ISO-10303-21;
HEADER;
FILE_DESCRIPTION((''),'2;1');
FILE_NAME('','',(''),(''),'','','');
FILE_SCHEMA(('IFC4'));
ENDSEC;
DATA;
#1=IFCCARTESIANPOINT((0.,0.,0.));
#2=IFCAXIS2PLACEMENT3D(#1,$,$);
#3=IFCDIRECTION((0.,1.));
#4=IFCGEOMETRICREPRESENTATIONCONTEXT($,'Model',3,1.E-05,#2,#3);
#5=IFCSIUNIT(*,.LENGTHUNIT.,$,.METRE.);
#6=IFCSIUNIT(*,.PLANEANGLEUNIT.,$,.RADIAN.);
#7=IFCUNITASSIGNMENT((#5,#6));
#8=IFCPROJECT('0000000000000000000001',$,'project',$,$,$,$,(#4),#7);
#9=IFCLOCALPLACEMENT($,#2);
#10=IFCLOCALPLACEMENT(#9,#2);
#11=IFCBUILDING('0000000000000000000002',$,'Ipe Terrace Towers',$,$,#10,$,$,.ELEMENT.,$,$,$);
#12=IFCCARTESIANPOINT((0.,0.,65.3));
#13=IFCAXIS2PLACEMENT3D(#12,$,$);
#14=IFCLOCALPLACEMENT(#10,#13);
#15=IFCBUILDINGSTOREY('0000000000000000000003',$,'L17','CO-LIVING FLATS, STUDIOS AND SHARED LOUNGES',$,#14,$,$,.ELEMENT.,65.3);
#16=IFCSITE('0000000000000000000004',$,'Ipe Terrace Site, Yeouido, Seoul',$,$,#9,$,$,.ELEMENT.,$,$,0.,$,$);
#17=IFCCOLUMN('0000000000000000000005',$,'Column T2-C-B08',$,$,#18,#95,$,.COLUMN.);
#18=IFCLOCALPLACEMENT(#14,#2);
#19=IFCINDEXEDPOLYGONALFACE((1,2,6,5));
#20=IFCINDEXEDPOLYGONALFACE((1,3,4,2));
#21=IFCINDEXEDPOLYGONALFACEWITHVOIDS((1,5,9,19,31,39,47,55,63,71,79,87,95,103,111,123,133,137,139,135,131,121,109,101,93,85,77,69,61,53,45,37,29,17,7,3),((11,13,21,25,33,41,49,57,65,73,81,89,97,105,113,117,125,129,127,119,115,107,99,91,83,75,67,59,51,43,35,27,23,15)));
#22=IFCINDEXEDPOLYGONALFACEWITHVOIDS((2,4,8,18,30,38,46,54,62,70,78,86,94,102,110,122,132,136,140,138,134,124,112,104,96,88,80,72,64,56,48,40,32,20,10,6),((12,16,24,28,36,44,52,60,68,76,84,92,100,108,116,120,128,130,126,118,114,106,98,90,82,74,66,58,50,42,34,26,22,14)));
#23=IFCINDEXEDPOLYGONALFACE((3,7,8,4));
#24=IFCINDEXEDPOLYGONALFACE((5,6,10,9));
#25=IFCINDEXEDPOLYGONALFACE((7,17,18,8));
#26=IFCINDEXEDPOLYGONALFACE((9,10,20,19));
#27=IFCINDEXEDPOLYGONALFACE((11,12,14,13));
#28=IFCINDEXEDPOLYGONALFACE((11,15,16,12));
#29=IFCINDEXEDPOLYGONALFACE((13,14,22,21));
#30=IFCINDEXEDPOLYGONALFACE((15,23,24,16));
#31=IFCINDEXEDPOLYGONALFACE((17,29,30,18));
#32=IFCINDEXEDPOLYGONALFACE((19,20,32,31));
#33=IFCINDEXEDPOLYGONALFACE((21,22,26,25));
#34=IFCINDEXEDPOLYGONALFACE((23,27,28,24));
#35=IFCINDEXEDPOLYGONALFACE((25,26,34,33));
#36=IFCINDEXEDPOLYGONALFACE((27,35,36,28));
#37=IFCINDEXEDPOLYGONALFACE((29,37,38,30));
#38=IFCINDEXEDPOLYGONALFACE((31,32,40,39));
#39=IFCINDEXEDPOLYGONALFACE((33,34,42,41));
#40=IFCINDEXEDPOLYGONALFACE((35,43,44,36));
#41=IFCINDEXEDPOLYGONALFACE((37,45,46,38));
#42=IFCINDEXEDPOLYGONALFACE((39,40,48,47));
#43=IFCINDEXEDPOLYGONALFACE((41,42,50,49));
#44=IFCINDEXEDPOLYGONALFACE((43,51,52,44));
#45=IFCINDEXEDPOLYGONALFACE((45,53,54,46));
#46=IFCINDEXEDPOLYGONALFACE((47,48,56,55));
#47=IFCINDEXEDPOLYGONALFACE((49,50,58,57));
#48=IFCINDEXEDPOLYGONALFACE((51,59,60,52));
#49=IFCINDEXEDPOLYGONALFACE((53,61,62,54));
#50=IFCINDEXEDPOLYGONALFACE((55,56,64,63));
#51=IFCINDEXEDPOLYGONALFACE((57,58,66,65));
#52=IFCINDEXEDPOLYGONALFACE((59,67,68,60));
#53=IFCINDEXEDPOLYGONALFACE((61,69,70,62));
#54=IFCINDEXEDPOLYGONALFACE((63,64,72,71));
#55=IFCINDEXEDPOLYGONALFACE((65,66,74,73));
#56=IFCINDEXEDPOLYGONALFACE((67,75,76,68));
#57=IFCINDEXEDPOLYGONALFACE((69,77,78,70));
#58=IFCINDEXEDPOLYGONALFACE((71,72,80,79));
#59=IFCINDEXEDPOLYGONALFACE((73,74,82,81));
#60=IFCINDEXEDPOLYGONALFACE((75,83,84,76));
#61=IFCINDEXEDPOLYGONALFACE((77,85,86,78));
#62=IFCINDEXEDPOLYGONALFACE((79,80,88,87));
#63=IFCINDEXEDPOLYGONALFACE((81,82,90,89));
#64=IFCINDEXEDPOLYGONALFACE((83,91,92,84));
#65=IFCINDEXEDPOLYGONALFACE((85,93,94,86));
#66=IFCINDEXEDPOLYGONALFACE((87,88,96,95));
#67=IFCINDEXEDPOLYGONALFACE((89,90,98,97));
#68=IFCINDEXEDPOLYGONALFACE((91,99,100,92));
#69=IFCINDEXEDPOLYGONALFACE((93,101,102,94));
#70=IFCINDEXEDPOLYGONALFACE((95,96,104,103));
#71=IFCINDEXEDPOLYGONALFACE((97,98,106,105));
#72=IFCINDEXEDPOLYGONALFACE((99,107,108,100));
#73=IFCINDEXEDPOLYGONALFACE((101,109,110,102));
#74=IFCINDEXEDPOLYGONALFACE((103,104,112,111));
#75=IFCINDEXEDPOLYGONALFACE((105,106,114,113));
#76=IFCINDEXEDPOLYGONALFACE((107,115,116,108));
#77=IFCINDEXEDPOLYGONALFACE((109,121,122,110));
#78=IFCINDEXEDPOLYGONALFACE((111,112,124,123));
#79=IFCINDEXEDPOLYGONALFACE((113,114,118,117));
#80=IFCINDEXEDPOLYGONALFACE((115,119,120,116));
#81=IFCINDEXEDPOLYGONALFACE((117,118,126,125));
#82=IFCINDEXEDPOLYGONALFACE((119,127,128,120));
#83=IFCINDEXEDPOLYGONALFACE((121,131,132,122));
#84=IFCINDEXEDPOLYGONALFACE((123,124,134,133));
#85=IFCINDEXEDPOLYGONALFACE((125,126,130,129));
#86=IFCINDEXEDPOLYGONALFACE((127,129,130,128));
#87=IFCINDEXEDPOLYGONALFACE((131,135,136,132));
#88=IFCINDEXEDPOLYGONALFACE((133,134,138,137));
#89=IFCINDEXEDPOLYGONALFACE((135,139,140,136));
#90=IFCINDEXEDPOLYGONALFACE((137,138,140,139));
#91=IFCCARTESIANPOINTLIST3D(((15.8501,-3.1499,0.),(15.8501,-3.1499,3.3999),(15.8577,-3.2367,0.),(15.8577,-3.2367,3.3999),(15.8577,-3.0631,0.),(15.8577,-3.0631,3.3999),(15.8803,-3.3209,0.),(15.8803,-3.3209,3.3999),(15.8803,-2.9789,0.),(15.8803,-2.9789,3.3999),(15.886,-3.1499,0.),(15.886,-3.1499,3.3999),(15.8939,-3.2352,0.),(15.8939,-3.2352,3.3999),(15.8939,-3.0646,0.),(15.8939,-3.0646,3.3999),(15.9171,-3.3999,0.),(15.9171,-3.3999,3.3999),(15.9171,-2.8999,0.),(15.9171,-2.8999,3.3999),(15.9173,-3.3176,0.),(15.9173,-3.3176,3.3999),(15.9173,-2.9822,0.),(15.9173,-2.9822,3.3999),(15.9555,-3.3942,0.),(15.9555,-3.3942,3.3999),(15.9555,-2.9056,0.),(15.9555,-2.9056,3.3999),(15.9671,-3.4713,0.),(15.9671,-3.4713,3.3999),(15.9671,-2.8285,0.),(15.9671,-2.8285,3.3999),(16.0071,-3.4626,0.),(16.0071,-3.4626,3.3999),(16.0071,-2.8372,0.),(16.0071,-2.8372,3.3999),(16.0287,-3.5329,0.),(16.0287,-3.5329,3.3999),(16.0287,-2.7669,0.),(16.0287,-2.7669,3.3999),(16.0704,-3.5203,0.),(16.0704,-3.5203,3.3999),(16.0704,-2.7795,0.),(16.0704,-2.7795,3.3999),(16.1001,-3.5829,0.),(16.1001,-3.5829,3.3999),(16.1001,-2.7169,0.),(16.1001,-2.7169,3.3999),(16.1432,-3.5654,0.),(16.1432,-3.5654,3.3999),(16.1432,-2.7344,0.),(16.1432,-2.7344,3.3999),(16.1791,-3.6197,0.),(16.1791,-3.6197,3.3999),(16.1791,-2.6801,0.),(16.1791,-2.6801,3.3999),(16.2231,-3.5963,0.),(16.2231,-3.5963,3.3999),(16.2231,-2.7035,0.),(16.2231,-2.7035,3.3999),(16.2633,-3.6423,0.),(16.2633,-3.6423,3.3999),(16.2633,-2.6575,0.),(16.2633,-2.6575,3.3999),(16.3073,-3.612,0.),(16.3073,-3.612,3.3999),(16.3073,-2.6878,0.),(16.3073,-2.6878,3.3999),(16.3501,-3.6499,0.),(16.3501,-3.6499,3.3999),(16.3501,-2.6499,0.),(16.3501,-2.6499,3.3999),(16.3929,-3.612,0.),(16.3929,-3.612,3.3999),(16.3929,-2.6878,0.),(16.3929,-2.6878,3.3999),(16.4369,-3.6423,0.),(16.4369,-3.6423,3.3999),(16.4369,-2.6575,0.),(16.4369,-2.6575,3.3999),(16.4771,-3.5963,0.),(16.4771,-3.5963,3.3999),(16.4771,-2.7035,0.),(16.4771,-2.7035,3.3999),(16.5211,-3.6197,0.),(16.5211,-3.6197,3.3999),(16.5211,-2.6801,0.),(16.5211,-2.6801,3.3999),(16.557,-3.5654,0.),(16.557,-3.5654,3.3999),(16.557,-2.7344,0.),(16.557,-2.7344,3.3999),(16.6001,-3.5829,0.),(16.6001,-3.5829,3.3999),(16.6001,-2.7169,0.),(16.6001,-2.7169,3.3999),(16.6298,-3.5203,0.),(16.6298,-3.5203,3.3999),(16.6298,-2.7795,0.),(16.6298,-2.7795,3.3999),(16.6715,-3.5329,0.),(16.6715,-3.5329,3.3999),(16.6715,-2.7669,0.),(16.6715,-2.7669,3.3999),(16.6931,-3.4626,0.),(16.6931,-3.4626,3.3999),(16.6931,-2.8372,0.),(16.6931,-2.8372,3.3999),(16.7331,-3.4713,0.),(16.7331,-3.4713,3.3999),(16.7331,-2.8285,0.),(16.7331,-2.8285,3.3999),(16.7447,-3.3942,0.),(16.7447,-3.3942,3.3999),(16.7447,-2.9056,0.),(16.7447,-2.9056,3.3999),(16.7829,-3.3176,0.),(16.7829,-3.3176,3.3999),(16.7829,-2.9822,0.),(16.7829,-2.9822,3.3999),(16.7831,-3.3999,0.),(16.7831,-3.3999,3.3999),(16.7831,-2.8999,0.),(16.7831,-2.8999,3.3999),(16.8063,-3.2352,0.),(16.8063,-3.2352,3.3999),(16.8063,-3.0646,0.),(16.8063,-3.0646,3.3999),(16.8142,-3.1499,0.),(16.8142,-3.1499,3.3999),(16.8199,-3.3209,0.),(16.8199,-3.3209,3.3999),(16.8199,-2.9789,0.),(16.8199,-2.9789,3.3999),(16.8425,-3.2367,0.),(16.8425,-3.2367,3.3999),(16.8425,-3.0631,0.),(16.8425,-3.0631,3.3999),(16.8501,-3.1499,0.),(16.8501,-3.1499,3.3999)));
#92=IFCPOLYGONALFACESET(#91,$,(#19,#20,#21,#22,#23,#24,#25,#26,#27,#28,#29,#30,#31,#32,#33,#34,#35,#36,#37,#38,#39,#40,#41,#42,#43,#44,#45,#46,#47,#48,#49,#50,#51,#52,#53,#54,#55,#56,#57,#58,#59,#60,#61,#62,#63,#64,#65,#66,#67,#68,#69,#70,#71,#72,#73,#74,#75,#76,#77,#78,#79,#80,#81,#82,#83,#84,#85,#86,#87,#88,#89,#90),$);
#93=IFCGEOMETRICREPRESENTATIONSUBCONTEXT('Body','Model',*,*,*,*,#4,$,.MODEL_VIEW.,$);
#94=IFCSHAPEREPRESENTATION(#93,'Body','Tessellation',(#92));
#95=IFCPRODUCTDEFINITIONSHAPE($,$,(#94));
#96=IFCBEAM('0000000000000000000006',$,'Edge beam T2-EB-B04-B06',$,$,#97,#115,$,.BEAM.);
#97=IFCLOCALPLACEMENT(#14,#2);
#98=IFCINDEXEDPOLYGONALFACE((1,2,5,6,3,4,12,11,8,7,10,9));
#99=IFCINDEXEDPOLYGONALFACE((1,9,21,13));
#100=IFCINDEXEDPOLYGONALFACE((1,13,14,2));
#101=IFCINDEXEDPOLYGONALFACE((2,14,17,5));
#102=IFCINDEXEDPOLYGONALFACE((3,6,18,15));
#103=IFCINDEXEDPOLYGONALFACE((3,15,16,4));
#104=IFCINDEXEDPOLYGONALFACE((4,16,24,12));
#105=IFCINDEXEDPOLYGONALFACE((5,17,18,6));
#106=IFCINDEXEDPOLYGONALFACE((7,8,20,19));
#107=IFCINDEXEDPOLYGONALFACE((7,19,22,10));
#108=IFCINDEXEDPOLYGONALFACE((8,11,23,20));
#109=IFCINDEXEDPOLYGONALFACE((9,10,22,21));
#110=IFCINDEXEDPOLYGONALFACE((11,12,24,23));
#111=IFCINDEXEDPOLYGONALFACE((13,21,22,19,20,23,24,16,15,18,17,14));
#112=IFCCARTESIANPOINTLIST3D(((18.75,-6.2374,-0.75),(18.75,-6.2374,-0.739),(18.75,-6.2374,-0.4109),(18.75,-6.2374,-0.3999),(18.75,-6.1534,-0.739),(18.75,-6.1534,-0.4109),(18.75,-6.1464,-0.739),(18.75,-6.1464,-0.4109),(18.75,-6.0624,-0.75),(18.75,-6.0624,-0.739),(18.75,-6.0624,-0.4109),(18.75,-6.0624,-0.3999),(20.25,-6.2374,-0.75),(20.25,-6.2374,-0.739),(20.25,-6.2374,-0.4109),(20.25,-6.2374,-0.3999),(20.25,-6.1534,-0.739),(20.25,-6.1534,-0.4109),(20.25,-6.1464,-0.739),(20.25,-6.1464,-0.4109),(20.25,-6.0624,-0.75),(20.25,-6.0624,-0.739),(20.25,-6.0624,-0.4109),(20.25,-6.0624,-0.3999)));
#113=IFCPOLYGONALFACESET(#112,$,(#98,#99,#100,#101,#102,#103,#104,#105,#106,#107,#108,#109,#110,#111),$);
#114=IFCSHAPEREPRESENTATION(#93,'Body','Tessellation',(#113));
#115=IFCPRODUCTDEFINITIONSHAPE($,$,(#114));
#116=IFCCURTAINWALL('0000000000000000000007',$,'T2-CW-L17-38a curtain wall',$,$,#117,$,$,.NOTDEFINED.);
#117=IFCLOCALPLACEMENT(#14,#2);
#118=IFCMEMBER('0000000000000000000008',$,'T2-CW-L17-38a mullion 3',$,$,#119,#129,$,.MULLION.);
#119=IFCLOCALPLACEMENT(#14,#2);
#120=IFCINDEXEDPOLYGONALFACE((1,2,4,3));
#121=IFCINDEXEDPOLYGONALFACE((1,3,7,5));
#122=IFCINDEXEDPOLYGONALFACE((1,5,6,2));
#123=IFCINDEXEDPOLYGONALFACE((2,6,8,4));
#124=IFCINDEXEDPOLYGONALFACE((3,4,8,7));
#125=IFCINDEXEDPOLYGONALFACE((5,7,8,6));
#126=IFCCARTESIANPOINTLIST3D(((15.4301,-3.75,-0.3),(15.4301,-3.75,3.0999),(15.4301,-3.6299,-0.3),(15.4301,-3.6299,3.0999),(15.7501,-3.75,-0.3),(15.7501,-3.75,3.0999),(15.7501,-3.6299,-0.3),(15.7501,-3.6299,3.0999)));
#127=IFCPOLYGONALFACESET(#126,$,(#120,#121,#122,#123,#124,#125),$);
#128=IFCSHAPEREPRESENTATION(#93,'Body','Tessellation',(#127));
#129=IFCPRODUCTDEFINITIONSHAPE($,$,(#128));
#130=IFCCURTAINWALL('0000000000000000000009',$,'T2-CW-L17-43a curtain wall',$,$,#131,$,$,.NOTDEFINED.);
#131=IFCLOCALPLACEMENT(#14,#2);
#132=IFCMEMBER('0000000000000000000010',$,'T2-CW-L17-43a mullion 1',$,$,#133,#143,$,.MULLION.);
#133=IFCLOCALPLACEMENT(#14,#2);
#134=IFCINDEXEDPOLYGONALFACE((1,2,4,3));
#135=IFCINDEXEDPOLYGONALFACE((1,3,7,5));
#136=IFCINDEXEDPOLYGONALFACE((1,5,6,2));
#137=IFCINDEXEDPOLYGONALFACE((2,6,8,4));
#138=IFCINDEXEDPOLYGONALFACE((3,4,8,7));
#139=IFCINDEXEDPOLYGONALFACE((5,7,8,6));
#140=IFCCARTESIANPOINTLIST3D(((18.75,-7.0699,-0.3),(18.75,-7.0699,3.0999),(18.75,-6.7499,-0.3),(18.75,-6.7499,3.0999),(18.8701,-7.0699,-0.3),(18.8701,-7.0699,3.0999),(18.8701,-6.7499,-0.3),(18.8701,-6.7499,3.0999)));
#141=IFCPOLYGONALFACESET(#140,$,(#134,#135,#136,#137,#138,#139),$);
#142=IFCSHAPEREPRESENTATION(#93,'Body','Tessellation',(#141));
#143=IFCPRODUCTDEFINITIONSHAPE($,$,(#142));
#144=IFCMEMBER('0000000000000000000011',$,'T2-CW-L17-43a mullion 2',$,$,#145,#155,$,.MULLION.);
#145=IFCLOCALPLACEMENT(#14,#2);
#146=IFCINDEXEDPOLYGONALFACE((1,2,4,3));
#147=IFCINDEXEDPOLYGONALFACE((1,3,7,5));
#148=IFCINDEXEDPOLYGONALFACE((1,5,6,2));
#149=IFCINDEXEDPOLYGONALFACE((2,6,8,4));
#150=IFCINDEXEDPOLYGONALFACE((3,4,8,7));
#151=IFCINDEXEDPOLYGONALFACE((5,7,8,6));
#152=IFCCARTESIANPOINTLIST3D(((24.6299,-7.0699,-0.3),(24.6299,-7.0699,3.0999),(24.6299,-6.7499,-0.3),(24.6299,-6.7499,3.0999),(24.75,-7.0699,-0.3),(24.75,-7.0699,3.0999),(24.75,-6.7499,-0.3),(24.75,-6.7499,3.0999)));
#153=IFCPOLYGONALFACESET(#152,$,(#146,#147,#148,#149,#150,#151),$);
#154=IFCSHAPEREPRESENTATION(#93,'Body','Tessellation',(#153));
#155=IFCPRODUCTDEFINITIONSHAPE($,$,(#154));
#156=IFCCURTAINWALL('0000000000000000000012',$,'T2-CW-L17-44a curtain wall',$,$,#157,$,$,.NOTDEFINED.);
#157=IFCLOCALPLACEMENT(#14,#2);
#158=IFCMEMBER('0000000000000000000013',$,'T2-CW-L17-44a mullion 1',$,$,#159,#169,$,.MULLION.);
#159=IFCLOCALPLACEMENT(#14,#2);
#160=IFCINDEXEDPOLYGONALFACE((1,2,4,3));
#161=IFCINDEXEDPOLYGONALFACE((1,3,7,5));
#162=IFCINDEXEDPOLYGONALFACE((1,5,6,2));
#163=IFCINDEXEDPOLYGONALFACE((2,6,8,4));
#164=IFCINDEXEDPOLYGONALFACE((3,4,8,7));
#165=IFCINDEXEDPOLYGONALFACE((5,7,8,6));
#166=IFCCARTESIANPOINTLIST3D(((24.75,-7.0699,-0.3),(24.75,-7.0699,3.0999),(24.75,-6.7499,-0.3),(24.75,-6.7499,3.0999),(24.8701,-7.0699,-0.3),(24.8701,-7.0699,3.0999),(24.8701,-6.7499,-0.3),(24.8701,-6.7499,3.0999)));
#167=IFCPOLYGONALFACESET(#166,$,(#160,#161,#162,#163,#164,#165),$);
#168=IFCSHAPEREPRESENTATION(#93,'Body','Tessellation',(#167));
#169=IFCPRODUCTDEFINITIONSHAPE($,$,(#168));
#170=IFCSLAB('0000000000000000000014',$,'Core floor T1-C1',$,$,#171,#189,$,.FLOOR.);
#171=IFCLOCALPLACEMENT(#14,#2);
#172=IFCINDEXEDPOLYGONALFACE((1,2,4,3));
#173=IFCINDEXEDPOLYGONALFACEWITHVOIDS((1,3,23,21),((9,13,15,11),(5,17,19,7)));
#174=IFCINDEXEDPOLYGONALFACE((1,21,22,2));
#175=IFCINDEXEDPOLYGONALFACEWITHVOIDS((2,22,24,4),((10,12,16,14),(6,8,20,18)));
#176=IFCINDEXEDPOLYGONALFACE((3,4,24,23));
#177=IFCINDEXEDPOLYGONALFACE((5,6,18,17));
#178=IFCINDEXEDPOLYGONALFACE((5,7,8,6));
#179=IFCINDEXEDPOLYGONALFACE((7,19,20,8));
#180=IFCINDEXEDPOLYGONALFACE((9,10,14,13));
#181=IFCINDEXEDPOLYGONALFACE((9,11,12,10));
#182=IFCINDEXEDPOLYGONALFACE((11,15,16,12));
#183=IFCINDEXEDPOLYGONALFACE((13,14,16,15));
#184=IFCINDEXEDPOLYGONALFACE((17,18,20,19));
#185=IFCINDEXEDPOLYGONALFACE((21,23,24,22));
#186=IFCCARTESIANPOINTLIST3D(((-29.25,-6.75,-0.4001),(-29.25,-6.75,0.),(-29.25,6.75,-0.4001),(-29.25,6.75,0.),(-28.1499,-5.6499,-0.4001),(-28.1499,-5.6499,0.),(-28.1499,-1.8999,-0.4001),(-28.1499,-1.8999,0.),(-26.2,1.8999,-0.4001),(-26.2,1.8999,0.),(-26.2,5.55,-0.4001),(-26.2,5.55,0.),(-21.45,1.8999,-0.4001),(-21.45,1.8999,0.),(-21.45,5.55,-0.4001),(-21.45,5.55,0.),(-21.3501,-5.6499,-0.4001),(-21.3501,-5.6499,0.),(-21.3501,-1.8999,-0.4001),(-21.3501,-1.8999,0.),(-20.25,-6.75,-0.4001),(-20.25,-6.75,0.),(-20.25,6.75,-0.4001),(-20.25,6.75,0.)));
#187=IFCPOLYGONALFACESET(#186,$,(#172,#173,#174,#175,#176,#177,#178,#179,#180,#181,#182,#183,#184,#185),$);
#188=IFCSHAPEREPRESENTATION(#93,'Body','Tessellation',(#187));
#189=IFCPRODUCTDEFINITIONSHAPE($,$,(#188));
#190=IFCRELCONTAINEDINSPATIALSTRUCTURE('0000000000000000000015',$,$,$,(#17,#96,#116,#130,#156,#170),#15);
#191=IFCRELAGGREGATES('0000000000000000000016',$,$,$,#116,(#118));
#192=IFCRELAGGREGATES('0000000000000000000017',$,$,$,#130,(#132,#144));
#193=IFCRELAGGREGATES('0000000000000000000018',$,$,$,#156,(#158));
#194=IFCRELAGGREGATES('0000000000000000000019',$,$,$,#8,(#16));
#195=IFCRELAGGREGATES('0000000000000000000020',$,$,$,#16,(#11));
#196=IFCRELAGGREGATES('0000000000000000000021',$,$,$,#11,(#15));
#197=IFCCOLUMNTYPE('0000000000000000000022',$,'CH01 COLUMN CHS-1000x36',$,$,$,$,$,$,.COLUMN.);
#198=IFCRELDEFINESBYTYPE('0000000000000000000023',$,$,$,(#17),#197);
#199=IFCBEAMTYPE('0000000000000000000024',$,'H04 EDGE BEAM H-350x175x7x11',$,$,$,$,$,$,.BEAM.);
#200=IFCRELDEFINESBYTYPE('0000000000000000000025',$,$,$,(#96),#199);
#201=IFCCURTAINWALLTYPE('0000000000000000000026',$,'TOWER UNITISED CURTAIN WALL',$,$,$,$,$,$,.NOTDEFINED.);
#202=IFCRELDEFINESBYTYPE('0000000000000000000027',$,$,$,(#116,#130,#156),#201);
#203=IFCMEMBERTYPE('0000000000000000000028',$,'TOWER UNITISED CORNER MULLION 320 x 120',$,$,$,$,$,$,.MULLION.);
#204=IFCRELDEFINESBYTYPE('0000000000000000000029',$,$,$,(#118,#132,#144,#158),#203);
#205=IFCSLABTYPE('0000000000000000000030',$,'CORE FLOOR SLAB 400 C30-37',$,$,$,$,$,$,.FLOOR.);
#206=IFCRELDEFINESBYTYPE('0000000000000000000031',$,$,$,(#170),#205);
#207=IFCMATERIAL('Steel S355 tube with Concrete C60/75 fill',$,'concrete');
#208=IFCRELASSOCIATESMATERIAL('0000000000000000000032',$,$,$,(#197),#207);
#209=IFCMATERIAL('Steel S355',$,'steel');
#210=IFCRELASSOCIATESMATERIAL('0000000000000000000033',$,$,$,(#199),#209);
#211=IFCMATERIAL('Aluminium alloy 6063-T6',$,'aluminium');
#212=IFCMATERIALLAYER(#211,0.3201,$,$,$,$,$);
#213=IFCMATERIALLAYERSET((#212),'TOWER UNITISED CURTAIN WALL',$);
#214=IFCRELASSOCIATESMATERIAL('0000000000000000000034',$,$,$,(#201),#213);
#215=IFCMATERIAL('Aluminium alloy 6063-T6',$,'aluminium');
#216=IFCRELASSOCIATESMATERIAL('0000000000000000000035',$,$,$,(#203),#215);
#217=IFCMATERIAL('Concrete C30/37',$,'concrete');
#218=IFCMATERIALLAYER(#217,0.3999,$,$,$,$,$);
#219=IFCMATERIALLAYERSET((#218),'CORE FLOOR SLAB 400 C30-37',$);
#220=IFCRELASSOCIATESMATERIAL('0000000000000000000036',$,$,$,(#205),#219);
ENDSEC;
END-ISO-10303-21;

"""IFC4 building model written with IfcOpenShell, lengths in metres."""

from ifc_helpers import new_model, si_unit, direction, frame, origin, origin_2d, place, context, subcontext, project, spatial, polyline, rectangle, hollow_circle, i_section, outline, extrude, material, layer, layer_set, material_profile, profile_set, type_object, element, aggregate, save


model = new_model("IFC4")

# Units and contexts
model_context = context("Model", 3, precision=1e-05, world=origin(), true_north=direction((0.0, 1.0)))
body_context = subcontext(model_context, "Body", "Model", "MODEL_VIEW")
ifc_project = project(units=[si_unit("LENGTHUNIT", "METRE"), si_unit("PLANEANGLEUNIT", "RADIAN")], contexts=[model_context])

# Site, building, storey
site_placement = place(None, origin())
site = spatial("IfcSite", under=ifc_project, at=site_placement, Name="Ipe Terrace Site, Yeouido, Seoul", CompositionType="ELEMENT", RefElevation=0.0)
building_placement = place(site_placement, origin())
building = spatial("IfcBuilding", under=site, at=building_placement, Name="Ipe Terrace Towers", CompositionType="ELEMENT")
storey_placement = place(building_placement, frame((0.0, 0.0, 65.3)))
storey = spatial("IfcBuildingStorey", under=building, at=storey_placement, Name="L17", Description="CO-LIVING FLATS, STUDIOS AND SHARED LOUNGES", CompositionType="ELEMENT", Elevation=65.3)

# Column
ifc_material_1 = material(Name="Steel S355 tube with Concrete C60/75 fill", Category="concrete")
ifc_material_profile_1 = material_profile(ifc_material_1, hollow_circle(Radius=0.5, WallThickness=0.0359, at=origin_2d()), Name="CHS-1000x36")
ifc_profile_set_1 = profile_set([ifc_material_profile_1], Name="Steel S355 tube with Concrete C60/75 fill")
column_type = type_object("IfcColumnType", Name="CH01 COLUMN CHS-1000x36", PredefinedType="COLUMN", material=ifc_profile_set_1)
for number, where, z_axis, x_axis, name in (
    (1, (16.3501, -3.1499, 0.0), (0.0, 0.0, 1.0), (1.0, 0.0, 0.0), "Column T2-C-B08"),
):
    element("IfcColumn", number, at=place(storey_placement, frame(where, z_axis=z_axis, x_axis=x_axis)), inside=storey, type_object=column_type, Name=name, PredefinedType="COLUMN", context=body_context, shape_type="SweptSolid", body=[
        extrude(hollow_circle(Radius=0.5, WallThickness=0.0359, at=origin_2d()), origin(), (0.0, 0.0, 1.0), 3.3999),
    ])

# Beam
ifc_material_2 = material(Name="Steel S355", Category="steel")
ifc_material_profile_2 = material_profile(ifc_material_2, i_section(OverallWidth=0.175, OverallDepth=0.3501, WebThickness=0.0071, FlangeThickness=0.011, at=origin_2d()), Name="H-350x175x7x11")
ifc_profile_set_2 = profile_set([ifc_material_profile_2], Name="Steel S355")
beam_type = type_object("IfcBeamType", Name="H04 EDGE BEAM H-350x175x7x11", PredefinedType="BEAM", material=ifc_profile_set_2)
beam_placement = place(storey_placement, frame((20.25, -6.1499, -0.575), z_axis=(-1.0, 0.0, 0.0), x_axis=(0.0, -1.0, 0.0)))
element("IfcBeam", 2, at=beam_placement, inside=storey, type_object=beam_type, Name="Edge beam T2-EB-B04-B06", PredefinedType="BEAM", context=body_context, shape_type="SweptSolid", body=[
    extrude(i_section(OverallWidth=0.175, OverallDepth=0.3501, WebThickness=0.0071, FlangeThickness=0.011, at=origin_2d()), origin(), (0.0, 0.0, 1.0), 1.5),
])

# Curtain wall, member
ifc_material_3 = material(Name="Aluminium alloy 6063-T6", Category="aluminium")
ifc_layer_1 = layer(ifc_material_3, 0.3201)
ifc_layer_set_1 = layer_set([ifc_layer_1], Name="TOWER UNITISED CURTAIN WALL")
curtain_wall_type = type_object("IfcCurtainWallType", Name="TOWER UNITISED CURTAIN WALL", PredefinedType="NOTDEFINED", material=ifc_layer_set_1)
curtain_wall_1_placement = place(storey_placement, origin())
curtain_wall_1 = element("IfcCurtainWall", 3, at=curtain_wall_1_placement, inside=storey, type_object=curtain_wall_type, Name="T2-CW-L17-38a curtain wall", PredefinedType="NOTDEFINED")
ifc_material_4 = material(Name="Aluminium alloy 6063-T6", Category="aluminium")
ifc_material_profile_3 = material_profile(ifc_material_4, rectangle(XDim=0.3201, YDim=0.1201, at=origin_2d()), Name="TOWER UNITISED CORNER MULLION 320 x 120")
ifc_profile_set_3 = profile_set([ifc_material_profile_3], Name="Aluminium alloy 6063-T6")
member_type = type_object("IfcMemberType", Name="TOWER UNITISED CORNER MULLION 320 x 120", PredefinedType="MULLION", material=ifc_profile_set_3)
member_1_placement = place(storey_placement, frame((15.5901, -3.6899, -0.3), z_axis=(0.0, 0.0, 1.0), x_axis=(-1.0, 0.0, 0.0)))
member_1 = element("IfcMember", 4, at=member_1_placement, type_object=member_type, Name="T2-CW-L17-38a mullion 3", PredefinedType="MULLION", context=body_context, shape_type="SweptSolid", body=[
    extrude(rectangle(XDim=0.3201, YDim=0.1201, at=origin_2d()), origin(), (0.0, 0.0, 1.0), 3.3999),
])

# Curtain wall, members
curtain_wall_2_placement = place(storey_placement, origin())
curtain_wall_2 = element("IfcCurtainWall", 5, at=curtain_wall_2_placement, inside=storey, type_object=curtain_wall_type, Name="T2-CW-L17-43a curtain wall", PredefinedType="NOTDEFINED")
member_2_placement = place(storey_placement, frame((18.8101, -6.9099, -0.3), z_axis=(0.0, 0.0, 1.0), x_axis=(0.0, -1.0, 0.0)))
member_2 = element("IfcMember", 6, at=member_2_placement, type_object=member_type, Name="T2-CW-L17-43a mullion 1", PredefinedType="MULLION", context=body_context, shape_type="SweptSolid", body=[
    extrude(rectangle(XDim=0.3201, YDim=0.1201, at=origin_2d()), origin(), (0.0, 0.0, 1.0), 3.3999),
])
member_3_placement = place(storey_placement, frame((24.6899, -6.9099, -0.3), z_axis=(0.0, 0.0, 1.0), x_axis=(0.0, -1.0, 0.0)))
member_3 = element("IfcMember", 7, at=member_3_placement, type_object=member_type, Name="T2-CW-L17-43a mullion 2", PredefinedType="MULLION", context=body_context, shape_type="SweptSolid", body=[
    extrude(rectangle(XDim=0.3201, YDim=0.1201, at=origin_2d()), origin(), (0.0, 0.0, 1.0), 3.3999),
])

# Curtain wall, member
curtain_wall_3_placement = place(storey_placement, origin())
curtain_wall_3 = element("IfcCurtainWall", 8, at=curtain_wall_3_placement, inside=storey, type_object=curtain_wall_type, Name="T2-CW-L17-44a curtain wall", PredefinedType="NOTDEFINED")
member_4_placement = place(storey_placement, frame((24.8101, -6.9099, -0.3), z_axis=(0.0, 0.0, 1.0), x_axis=(0.0, -1.0, 0.0)))
member_4 = element("IfcMember", 9, at=member_4_placement, type_object=member_type, Name="T2-CW-L17-44a mullion 1", PredefinedType="MULLION", context=body_context, shape_type="SweptSolid", body=[
    extrude(rectangle(XDim=0.3201, YDim=0.1201, at=origin_2d()), origin(), (0.0, 0.0, 1.0), 3.3999),
])

# Slab
ifc_material_5 = material(Name="Concrete C30/37", Category="concrete")
ifc_layer_2 = layer(ifc_material_5, 0.3999)
ifc_layer_set_2 = layer_set([ifc_layer_2], Name="CORE FLOOR SLAB 400 C30-37")
slab_type_1 = type_object("IfcSlabType", Name="CORE FLOOR SLAB 400 C30-37", PredefinedType="FLOOR", material=ifc_layer_set_2)
slab_1_placement = place(storey_placement, frame((0.0, 0.0, -0.4001)))
element("IfcSlab", 10, at=slab_1_placement, inside=storey, type_object=slab_type_1, Name="Core floor T1-C1", PredefinedType="FLOOR", context=body_context, shape_type="SweptSolid", body=[
    extrude(outline(polyline([(-29.25, -6.75), (-29.25, 6.75), (-20.25, 6.75), (-20.25, -6.75), (-29.25, -6.75)]), holes=[polyline([(-28.1499, -5.6499), (-21.3501, -5.6499), (-21.3501, -1.8999), (-28.1499, -1.8999), (-28.1499, -5.6499)]), polyline([(-26.2, 5.55), (-26.2, 1.8999), (-21.45, 1.8999), (-21.45, 5.55), (-26.2, 5.55)])]), origin(), (0.0, 0.0, 1.0), 0.4001),
])

aggregate(curtain_wall_1, [member_1])
aggregate(curtain_wall_2, [member_2, member_3])
aggregate(curtain_wall_3, [member_4])

save(model, "model.ifc")
